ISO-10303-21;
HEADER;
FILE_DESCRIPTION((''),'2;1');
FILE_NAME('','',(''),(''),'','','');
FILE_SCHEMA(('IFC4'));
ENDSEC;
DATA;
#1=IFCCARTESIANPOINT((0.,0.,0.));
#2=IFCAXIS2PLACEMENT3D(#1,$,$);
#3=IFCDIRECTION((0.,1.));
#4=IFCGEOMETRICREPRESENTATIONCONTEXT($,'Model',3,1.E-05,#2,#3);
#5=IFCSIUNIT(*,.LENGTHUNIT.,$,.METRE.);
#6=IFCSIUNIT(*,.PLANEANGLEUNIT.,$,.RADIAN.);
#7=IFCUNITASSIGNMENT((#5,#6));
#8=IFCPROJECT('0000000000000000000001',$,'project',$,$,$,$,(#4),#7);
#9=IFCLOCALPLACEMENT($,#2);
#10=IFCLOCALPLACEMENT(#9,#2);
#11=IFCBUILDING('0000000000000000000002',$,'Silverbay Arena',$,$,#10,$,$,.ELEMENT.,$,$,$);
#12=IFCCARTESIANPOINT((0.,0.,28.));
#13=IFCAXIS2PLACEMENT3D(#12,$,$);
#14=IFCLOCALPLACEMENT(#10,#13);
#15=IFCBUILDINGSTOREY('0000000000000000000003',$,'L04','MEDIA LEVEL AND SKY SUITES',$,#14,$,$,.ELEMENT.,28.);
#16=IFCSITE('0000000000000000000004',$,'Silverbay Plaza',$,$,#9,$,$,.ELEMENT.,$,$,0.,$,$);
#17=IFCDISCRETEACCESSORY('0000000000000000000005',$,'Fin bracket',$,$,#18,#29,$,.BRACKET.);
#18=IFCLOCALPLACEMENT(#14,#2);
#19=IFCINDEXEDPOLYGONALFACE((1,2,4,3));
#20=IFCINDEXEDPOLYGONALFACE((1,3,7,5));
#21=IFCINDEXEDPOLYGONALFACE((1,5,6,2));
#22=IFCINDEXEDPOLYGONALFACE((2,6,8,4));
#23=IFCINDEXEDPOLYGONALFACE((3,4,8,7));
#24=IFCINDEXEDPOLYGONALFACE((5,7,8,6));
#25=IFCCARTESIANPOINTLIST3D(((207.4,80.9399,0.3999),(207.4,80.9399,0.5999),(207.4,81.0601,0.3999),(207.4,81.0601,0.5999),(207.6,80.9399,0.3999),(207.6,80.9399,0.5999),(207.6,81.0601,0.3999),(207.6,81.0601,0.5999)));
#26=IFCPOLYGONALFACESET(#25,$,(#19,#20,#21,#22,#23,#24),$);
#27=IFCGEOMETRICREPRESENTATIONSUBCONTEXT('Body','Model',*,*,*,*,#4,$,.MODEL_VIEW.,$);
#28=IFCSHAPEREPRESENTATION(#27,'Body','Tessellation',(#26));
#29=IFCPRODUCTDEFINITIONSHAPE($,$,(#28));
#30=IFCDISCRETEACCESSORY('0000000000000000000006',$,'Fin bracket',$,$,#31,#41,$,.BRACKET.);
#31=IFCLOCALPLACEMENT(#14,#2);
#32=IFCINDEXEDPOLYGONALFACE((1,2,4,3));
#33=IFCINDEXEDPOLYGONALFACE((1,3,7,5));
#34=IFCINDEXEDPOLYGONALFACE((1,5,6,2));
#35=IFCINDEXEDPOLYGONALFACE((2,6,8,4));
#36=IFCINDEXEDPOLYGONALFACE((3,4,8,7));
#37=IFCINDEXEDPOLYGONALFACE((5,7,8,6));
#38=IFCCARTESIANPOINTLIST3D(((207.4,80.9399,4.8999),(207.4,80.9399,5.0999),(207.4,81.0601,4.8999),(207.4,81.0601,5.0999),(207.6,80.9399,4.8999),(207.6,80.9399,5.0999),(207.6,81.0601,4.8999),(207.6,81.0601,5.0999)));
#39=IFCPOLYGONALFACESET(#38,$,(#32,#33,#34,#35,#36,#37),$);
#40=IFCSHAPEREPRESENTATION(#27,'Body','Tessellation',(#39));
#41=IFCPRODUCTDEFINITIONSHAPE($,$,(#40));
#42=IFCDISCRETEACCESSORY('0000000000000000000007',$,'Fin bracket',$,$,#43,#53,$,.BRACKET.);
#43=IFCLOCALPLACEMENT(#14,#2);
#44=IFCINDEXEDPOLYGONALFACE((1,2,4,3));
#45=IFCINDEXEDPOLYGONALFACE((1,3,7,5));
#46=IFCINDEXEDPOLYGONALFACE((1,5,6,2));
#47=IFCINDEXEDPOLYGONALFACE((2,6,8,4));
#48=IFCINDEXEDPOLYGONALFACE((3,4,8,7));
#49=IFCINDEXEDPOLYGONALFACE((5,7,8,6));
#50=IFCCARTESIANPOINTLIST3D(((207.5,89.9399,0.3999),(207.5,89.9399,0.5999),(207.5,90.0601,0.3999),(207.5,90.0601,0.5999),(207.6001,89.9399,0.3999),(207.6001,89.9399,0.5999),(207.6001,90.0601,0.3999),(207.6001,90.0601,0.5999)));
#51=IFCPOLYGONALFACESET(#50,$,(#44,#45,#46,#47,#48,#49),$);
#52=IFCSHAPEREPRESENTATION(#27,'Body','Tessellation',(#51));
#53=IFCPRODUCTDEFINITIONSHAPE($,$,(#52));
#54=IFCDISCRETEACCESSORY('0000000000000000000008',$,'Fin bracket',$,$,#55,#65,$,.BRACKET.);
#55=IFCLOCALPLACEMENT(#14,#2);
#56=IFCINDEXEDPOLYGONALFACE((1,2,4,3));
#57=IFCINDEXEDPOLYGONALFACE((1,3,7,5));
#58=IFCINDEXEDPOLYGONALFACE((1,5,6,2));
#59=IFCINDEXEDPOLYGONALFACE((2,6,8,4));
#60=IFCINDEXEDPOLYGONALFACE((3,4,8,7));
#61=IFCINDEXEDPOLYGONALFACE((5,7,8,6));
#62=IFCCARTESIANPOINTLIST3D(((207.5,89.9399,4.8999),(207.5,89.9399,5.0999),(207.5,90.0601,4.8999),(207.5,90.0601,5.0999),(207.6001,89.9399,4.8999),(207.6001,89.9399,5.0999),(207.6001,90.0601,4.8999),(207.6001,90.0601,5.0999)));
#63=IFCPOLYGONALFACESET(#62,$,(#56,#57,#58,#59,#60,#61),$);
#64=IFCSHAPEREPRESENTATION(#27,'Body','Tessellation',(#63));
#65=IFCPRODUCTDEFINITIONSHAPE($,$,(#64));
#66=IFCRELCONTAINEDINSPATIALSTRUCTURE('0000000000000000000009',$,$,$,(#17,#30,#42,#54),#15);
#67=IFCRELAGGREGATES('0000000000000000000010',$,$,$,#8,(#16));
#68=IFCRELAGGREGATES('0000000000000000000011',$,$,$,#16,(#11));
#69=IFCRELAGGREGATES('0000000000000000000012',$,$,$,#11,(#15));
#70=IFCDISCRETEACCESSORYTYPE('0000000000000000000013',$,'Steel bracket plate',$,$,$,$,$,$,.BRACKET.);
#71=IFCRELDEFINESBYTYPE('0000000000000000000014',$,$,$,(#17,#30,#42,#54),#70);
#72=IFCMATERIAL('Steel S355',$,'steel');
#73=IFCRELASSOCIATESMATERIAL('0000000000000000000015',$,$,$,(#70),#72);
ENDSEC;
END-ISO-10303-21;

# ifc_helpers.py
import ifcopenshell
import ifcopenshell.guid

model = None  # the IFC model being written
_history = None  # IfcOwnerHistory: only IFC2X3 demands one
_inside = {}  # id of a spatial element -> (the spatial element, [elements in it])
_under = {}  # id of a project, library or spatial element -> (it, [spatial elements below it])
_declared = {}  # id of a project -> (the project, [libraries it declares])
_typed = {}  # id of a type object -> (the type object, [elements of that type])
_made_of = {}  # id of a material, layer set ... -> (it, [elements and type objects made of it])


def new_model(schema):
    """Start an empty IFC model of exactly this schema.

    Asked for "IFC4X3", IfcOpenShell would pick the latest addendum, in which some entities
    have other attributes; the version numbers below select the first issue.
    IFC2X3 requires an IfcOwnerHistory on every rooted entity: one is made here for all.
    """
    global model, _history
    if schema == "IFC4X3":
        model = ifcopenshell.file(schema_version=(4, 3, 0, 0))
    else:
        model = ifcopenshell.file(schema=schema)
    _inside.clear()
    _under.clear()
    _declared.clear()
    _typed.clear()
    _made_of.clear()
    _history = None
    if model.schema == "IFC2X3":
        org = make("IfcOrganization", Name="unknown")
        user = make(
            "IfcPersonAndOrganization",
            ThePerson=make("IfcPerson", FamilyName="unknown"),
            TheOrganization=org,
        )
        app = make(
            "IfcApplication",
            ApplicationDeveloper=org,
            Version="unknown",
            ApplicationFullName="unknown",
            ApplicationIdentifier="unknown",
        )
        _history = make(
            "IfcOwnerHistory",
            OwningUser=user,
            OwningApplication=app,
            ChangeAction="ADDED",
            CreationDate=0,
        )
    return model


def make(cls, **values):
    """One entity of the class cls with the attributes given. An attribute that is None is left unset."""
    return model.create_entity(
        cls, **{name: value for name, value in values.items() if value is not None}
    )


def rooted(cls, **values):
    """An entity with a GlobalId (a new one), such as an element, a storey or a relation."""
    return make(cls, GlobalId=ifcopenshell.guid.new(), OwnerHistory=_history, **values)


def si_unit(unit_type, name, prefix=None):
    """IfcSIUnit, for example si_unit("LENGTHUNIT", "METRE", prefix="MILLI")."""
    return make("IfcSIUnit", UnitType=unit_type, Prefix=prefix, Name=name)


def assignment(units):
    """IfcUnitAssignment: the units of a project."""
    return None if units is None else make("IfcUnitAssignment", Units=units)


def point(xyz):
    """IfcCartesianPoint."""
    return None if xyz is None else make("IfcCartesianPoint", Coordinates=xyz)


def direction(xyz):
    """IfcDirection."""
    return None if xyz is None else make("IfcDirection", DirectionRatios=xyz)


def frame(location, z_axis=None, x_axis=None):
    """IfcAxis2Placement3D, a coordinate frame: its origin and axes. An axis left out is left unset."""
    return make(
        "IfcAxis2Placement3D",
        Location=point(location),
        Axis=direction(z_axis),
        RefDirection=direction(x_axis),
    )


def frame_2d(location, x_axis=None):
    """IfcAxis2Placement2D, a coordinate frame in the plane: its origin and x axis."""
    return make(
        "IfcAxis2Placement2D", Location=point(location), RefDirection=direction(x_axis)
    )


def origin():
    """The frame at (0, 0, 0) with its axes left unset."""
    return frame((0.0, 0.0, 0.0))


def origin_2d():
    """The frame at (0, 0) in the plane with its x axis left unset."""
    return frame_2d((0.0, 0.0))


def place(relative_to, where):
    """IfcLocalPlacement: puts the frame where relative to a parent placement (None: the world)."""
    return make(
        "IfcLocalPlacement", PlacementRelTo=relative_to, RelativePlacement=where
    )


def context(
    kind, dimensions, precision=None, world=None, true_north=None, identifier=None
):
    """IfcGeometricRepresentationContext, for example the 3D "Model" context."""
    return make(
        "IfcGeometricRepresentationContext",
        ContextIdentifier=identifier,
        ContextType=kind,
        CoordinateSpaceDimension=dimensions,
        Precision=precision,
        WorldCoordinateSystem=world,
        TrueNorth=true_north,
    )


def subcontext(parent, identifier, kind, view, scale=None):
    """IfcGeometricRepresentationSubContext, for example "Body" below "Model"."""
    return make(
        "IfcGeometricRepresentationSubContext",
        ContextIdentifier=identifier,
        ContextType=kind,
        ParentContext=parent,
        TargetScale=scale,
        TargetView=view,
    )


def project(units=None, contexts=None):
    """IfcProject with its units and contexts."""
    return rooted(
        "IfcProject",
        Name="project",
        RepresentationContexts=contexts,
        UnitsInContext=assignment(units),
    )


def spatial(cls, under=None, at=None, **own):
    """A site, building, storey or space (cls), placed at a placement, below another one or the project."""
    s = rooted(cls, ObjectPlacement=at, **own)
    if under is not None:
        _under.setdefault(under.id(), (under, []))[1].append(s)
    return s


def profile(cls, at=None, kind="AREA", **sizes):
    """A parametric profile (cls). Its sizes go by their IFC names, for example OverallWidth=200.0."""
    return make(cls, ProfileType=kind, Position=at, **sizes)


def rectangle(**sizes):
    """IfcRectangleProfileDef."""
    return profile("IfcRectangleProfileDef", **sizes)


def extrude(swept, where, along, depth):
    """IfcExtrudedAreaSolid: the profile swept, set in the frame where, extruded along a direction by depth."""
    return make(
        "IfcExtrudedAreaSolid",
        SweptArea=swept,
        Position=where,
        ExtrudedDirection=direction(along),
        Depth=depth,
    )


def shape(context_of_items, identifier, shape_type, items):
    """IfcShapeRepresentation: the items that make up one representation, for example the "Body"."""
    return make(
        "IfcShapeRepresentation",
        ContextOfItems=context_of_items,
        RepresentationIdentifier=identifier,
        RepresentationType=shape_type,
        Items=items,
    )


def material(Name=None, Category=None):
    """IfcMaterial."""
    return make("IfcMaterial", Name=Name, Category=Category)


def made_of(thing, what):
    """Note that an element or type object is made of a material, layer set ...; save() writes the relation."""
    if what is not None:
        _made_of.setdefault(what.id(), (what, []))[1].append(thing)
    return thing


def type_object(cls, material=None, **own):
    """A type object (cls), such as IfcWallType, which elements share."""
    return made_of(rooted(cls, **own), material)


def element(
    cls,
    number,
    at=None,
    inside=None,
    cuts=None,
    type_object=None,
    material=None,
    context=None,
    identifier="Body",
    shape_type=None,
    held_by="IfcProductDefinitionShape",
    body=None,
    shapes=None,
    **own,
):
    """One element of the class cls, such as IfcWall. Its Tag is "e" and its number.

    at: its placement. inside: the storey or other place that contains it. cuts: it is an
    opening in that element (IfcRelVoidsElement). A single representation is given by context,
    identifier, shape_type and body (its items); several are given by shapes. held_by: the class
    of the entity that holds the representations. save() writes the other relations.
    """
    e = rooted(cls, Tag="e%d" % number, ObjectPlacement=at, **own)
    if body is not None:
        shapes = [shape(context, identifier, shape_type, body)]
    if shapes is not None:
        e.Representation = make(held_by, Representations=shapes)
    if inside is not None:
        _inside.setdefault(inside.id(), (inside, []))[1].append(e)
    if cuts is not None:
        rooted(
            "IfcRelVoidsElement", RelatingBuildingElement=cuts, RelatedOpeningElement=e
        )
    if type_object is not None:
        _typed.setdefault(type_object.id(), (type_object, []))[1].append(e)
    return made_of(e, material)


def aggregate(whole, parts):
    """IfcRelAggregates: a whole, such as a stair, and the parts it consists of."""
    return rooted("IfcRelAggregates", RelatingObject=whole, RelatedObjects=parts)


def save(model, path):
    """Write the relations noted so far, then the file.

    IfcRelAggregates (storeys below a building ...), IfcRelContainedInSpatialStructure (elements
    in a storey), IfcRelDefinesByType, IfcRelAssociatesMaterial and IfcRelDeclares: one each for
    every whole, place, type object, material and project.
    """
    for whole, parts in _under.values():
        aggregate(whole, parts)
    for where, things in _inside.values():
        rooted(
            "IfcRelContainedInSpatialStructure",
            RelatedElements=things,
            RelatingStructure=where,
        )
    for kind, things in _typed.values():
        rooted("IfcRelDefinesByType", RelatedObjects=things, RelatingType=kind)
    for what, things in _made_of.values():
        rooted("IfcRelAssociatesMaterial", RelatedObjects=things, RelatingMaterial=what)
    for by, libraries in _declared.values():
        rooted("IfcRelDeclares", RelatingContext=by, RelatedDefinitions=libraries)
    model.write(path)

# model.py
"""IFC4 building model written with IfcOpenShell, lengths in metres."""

from ifc_helpers import new_model, si_unit, direction, frame, origin, origin_2d, place, context, subcontext, project, spatial, rectangle, extrude, material, type_object, element, save


model = new_model("IFC4")

# Units and contexts
model_context = context("Model", 3, precision=1e-05, world=origin(), true_north=direction((0.0, 1.0)))
body_context = subcontext(model_context, "Body", "Model", "MODEL_VIEW")
ifc_project = project(units=[si_unit("LENGTHUNIT", "METRE"), si_unit("PLANEANGLEUNIT", "RADIAN")], contexts=[model_context])

# Site, building, storey
site_placement = place(None, origin())
site = spatial("IfcSite", under=ifc_project, at=site_placement, Name="Silverbay Plaza", CompositionType="ELEMENT", RefElevation=0.0)
building_placement = place(site_placement, origin())
building = spatial("IfcBuilding", under=site, at=building_placement, Name="Silverbay Arena", CompositionType="ELEMENT")
storey_placement = place(building_placement, frame((0.0, 0.0, 28.0)))
storey = spatial("IfcBuildingStorey", under=building, at=storey_placement, Name="L04", Description="MEDIA LEVEL AND SKY SUITES", CompositionType="ELEMENT", Elevation=28.0)

# Discrete accessories
ifc_material_1 = material(Name="Steel S355", Category="steel")
discrete_accessory_type = type_object("IfcDiscreteAccessoryType", Name="Steel bracket plate", PredefinedType="BRACKET", material=ifc_material_1)
for number, where, z_axis, x_axis, name in (
    (1, (207.5, 81.0, 0.3999), (0.0, 0.0, 1.0), (1.0, 0.0, 0.0), "Fin bracket"),
    (2, (207.5, 81.0, 4.8999), (0.0, 0.0, 1.0), (1.0, 0.0, 0.0), "Fin bracket"),
):
    element("IfcDiscreteAccessory", number, at=place(storey_placement, frame(where, z_axis=z_axis, x_axis=x_axis)), inside=storey, type_object=discrete_accessory_type, Name=name, PredefinedType="BRACKET", context=body_context, shape_type="SweptSolid", body=[
        extrude(rectangle(XDim=0.2, YDim=0.1201, at=origin_2d()), origin(), (0.0, 0.0, 1.0), 0.2),
    ])
for number, where, z_axis, x_axis, name in (
    (3, (207.55, 90.0, 0.3999), (0.0, 0.0, 1.0), (1.0, 0.0, 0.0), "Fin bracket"),
    (4, (207.55, 90.0, 4.8999), (0.0, 0.0, 1.0), (1.0, 0.0, 0.0), "Fin bracket"),
):
    element("IfcDiscreteAccessory", number, at=place(storey_placement, frame(where, z_axis=z_axis, x_axis=x_axis)), inside=storey, type_object=discrete_accessory_type, Name=name, PredefinedType="BRACKET", context=body_context, shape_type="SweptSolid", body=[
        extrude(rectangle(XDim=0.1001, YDim=0.1201, at=origin_2d()), origin(), (0.0, 0.0, 1.0), 0.2),
    ])

save(model, "model.ifc")
